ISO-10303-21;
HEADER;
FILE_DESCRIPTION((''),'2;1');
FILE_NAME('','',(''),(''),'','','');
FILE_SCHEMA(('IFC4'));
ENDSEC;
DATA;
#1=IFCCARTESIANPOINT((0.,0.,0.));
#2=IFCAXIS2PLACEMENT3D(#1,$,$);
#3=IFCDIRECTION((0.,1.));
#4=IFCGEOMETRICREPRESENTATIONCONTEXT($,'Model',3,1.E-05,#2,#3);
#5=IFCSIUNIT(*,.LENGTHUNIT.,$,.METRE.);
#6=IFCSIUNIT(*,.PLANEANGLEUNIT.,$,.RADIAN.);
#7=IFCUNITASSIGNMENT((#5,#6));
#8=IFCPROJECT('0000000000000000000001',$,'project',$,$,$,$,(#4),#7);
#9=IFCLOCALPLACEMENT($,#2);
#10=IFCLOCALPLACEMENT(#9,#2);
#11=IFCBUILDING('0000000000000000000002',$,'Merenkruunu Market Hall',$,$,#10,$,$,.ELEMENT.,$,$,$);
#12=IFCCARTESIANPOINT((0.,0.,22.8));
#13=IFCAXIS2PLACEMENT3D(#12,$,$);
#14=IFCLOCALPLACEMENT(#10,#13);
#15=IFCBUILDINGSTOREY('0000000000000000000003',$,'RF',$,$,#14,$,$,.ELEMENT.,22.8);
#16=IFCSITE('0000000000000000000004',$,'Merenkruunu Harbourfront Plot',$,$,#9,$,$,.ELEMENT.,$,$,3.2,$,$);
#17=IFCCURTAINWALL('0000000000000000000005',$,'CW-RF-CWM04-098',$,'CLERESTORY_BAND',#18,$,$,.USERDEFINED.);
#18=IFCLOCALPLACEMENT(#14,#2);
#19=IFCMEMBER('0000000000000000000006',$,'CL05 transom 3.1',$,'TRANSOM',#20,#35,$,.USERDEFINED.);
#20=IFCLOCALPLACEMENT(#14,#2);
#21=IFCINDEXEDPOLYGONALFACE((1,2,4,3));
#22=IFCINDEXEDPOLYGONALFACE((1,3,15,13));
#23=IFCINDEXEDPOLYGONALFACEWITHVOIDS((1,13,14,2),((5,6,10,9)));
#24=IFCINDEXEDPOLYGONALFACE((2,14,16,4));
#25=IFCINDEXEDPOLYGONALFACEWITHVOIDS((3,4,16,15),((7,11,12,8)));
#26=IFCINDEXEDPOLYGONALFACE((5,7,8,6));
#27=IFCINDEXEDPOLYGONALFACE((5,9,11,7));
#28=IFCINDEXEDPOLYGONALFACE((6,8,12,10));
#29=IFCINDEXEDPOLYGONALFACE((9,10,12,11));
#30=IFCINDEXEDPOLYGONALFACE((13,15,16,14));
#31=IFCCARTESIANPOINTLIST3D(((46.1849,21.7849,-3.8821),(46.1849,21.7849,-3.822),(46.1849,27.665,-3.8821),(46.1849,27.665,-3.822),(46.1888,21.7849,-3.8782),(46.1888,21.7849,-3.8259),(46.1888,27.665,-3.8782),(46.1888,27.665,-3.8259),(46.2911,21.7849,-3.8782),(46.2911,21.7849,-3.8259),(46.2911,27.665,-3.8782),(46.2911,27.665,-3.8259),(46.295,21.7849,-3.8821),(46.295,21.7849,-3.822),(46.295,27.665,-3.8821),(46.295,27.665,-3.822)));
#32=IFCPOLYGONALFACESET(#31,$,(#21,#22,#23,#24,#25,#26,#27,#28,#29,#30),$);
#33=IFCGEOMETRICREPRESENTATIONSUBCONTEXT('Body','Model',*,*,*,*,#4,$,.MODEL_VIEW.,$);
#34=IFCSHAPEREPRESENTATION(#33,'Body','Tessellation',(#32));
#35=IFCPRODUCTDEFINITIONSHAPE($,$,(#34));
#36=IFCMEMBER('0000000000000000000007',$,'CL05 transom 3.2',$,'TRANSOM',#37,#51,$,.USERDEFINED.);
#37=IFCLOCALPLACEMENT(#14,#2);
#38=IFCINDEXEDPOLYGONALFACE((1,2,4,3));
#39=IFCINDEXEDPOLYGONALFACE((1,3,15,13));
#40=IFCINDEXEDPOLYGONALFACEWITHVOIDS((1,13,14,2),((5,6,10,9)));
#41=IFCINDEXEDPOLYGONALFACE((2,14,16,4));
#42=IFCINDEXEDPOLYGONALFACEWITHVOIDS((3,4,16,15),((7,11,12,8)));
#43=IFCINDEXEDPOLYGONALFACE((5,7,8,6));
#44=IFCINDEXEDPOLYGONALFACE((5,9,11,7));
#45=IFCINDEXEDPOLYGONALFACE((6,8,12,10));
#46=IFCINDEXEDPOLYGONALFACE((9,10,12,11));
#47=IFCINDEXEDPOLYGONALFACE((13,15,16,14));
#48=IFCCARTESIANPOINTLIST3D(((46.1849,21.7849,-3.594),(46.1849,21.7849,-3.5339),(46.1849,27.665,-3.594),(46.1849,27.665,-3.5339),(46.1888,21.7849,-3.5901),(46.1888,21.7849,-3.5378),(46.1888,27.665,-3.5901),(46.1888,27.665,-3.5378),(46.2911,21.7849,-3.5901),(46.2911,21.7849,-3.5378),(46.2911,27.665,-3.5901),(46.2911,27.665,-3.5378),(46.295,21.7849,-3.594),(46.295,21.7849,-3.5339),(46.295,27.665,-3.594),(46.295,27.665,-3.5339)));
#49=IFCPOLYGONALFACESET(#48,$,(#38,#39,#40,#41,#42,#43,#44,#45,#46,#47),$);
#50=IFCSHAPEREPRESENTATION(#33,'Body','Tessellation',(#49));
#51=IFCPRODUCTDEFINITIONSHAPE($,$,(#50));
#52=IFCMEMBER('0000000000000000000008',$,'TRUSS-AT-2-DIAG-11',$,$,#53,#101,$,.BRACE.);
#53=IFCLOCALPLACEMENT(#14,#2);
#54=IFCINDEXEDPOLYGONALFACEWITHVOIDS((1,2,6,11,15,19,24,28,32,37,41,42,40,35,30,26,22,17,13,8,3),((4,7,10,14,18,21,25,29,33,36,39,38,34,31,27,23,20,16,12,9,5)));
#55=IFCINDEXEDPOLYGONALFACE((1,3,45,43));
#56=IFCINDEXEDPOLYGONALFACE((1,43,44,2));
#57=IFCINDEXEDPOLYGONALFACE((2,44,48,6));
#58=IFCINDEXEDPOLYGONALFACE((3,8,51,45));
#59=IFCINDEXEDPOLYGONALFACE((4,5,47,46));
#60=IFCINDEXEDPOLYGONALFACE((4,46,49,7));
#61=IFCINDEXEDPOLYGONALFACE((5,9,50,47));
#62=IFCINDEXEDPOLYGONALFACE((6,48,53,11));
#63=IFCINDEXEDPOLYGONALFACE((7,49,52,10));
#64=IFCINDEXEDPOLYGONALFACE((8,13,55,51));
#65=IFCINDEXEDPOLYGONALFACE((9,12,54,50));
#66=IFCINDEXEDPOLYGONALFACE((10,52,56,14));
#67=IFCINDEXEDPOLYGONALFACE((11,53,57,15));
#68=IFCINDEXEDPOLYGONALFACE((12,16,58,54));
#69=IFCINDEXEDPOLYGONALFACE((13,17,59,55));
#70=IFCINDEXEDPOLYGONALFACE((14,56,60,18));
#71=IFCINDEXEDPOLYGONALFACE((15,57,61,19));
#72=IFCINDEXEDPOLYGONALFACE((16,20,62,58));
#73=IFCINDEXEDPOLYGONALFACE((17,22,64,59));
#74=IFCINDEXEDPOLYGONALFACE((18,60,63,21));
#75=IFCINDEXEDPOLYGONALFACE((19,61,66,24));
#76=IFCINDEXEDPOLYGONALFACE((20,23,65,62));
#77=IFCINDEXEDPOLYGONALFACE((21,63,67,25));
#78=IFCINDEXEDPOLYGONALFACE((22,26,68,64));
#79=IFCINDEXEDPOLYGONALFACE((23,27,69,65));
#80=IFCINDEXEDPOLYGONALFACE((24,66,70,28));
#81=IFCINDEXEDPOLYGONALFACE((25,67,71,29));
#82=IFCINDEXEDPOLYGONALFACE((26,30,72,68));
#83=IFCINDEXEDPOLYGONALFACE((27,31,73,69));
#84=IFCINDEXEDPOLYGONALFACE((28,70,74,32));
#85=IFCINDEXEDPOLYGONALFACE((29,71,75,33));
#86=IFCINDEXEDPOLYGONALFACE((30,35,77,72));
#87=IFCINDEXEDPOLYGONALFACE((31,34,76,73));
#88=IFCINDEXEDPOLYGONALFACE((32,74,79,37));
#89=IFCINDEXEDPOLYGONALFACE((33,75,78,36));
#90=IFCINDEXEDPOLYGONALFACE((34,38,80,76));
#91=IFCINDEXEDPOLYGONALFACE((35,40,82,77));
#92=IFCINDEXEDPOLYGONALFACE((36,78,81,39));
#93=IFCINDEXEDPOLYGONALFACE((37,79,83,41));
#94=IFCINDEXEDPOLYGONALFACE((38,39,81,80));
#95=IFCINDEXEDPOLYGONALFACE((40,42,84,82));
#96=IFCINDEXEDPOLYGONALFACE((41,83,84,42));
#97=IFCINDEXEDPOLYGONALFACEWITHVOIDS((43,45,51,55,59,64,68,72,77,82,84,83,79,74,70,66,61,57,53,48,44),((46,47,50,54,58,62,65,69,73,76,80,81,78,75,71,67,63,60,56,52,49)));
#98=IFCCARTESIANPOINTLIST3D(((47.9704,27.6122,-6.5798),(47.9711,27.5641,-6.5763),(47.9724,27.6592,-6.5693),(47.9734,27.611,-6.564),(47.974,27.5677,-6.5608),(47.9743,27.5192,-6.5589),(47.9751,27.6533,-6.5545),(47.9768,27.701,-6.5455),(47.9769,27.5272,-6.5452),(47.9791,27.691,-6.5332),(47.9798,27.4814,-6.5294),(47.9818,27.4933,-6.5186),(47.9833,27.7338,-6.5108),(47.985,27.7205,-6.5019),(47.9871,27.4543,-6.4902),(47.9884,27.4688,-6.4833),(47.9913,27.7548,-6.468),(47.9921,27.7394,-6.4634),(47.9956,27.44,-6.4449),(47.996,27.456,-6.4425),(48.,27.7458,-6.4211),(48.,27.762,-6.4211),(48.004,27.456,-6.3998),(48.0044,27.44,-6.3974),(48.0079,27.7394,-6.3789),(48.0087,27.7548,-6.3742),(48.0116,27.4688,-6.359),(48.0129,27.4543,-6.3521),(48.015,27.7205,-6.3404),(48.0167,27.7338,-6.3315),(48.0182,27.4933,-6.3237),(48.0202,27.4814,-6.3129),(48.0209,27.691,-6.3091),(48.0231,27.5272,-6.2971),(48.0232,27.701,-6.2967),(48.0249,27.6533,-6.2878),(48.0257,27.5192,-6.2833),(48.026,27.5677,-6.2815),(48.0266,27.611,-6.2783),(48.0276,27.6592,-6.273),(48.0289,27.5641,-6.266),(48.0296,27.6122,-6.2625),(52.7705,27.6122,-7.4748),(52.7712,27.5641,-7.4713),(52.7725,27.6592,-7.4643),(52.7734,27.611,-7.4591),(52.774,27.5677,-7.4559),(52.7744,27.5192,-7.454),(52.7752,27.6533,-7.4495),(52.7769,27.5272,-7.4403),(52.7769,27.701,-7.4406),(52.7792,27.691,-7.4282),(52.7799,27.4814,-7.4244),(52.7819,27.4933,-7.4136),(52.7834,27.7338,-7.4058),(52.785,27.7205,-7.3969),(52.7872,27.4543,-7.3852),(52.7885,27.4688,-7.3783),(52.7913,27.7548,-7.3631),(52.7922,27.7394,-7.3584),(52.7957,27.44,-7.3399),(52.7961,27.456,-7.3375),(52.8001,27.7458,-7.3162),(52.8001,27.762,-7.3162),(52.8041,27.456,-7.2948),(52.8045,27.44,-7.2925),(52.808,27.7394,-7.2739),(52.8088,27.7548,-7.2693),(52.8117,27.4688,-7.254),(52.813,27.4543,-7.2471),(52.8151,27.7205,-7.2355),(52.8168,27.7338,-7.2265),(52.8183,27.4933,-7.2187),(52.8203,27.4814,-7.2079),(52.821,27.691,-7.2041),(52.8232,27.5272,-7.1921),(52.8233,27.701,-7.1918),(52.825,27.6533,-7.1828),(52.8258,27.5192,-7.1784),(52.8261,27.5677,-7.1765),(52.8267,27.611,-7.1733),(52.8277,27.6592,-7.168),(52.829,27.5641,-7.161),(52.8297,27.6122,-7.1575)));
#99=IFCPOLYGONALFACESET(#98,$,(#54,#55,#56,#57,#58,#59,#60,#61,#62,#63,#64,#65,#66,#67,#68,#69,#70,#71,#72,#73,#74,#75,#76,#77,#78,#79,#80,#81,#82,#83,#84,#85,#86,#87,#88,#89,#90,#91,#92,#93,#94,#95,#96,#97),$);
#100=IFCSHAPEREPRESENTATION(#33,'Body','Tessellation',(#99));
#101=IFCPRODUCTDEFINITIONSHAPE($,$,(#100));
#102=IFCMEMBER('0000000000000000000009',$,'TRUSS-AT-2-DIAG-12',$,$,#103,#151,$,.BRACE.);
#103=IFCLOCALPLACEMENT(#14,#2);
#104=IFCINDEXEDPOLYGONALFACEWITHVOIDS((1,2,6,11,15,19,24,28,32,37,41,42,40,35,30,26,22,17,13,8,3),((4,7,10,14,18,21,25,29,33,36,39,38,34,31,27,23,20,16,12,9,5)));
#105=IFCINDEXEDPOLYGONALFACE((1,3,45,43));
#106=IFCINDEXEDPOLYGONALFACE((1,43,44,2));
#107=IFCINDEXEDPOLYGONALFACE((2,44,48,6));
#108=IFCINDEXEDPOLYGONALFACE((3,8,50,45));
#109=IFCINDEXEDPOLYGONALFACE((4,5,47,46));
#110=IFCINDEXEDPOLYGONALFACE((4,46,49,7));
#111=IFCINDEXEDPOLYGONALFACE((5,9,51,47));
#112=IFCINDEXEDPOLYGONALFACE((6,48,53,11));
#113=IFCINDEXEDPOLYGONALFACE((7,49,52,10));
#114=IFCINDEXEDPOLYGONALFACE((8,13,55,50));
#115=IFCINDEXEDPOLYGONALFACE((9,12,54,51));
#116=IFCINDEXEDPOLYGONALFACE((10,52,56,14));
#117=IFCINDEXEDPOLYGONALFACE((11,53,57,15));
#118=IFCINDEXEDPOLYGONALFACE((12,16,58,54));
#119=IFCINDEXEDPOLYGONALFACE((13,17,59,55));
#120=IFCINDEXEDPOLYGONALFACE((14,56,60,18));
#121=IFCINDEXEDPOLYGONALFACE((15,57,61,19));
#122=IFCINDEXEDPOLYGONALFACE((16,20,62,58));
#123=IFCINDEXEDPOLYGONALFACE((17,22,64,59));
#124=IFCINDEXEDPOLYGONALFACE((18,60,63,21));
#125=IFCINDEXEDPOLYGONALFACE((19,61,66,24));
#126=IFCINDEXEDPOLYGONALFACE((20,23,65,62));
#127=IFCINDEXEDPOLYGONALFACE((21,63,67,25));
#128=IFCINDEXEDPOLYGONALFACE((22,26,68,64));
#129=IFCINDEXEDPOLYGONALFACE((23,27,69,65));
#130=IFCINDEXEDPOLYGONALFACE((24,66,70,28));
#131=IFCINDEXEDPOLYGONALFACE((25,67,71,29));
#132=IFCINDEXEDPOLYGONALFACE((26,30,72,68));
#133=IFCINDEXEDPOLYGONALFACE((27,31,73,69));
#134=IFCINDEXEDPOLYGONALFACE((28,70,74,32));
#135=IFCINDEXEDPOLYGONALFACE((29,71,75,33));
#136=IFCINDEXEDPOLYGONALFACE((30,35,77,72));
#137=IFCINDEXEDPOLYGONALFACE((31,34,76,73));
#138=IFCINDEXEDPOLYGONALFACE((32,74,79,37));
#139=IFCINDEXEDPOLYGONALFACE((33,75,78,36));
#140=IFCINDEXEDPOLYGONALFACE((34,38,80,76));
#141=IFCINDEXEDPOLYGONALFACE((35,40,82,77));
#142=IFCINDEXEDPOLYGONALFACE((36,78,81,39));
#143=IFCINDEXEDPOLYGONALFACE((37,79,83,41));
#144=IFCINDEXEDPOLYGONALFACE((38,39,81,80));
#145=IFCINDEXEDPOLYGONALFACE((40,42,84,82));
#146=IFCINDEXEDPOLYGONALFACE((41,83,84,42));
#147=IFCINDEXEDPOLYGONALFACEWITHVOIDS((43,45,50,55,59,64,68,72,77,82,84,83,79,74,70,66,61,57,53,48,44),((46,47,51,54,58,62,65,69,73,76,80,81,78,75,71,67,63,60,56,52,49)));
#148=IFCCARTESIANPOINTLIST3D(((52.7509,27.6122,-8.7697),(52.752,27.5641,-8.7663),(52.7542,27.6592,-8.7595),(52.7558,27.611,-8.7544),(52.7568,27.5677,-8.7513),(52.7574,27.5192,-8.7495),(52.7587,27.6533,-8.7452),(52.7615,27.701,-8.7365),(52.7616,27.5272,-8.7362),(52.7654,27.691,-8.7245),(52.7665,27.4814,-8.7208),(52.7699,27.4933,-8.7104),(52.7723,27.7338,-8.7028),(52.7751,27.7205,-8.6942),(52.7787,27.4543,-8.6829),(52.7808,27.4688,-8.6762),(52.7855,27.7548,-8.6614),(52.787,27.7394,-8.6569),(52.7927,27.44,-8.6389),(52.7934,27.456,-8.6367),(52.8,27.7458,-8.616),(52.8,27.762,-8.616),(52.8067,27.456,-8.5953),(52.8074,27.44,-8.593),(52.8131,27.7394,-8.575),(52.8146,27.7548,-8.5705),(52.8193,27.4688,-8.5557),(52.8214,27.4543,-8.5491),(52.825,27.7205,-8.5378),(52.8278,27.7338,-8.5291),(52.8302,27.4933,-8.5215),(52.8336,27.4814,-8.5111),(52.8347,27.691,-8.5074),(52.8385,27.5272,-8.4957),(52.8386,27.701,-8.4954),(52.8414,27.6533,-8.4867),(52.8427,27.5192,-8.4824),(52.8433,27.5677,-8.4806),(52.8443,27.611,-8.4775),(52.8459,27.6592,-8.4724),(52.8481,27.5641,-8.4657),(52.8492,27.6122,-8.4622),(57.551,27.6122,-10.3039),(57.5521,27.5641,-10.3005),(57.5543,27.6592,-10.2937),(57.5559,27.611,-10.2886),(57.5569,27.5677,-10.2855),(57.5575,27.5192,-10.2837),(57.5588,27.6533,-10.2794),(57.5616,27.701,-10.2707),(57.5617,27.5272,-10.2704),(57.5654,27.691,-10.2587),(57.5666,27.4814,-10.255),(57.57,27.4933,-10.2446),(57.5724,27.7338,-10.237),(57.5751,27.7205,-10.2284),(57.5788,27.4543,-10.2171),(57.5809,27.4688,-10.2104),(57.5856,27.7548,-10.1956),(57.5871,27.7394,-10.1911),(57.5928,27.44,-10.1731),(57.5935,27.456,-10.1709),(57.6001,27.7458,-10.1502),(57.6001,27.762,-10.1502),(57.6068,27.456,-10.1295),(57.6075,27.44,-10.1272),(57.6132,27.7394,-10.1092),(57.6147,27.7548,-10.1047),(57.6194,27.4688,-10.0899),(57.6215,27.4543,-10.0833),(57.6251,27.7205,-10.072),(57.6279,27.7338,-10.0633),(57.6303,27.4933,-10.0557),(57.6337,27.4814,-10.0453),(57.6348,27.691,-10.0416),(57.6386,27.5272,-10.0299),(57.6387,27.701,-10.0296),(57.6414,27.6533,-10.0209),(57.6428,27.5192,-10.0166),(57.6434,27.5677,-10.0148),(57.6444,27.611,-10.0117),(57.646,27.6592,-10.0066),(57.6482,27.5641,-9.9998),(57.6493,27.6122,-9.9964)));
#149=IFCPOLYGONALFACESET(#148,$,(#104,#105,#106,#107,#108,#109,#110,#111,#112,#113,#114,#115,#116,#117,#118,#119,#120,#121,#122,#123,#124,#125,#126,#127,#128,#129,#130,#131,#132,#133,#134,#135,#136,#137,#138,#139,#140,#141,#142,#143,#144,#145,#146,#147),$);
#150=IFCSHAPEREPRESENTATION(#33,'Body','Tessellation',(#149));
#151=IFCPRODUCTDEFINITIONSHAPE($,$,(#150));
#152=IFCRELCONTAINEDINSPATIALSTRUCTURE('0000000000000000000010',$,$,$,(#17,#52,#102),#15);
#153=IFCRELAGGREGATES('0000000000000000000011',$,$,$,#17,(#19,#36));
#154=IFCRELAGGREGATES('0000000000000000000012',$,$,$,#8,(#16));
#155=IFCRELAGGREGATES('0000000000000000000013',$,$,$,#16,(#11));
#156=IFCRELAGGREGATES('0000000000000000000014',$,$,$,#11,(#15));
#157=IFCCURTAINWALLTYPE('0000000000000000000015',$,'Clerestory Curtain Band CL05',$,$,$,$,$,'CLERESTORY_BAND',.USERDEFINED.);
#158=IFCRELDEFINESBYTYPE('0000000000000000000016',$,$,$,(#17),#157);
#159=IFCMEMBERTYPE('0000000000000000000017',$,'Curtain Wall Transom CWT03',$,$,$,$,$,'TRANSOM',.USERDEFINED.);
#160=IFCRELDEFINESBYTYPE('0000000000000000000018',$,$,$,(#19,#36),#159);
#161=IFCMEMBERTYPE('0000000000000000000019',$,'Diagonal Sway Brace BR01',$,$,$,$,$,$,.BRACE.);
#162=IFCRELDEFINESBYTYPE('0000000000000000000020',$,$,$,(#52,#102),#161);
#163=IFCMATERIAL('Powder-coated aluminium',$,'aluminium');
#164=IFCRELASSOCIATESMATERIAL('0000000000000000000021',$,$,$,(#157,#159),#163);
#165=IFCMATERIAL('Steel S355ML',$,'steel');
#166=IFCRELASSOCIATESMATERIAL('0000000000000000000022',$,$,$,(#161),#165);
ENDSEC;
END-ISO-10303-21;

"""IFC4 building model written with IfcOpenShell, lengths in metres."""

from ifc_helpers import new_model, si_unit, direction, frame, origin, origin_2d, place, context, subcontext, project, spatial, hollow_rectangle, hollow_circle, extrude, material, material_profile, profile_set, type_object, element, aggregate, save


model = new_model("IFC4")

# Units and contexts
model_context = context("Model", 3, precision=1e-05, world=origin(), true_north=direction((0.0, 1.0)))
body_context = subcontext(model_context, "Body", "Model", "MODEL_VIEW")
ifc_project = project(units=[si_unit("LENGTHUNIT", "METRE"), si_unit("PLANEANGLEUNIT", "RADIAN")], contexts=[model_context])

# Site, building, storey
site_placement = place(None, origin())
site = spatial("IfcSite", under=ifc_project, at=site_placement, Name="Merenkruunu Harbourfront Plot", CompositionType="ELEMENT", RefElevation=3.2)
building_placement = place(site_placement, origin())
building = spatial("IfcBuilding", under=site, at=building_placement, Name="Merenkruunu Market Hall", CompositionType="ELEMENT")
storey_placement = place(building_placement, frame((0.0, 0.0, 22.8)))
storey = spatial("IfcBuildingStorey", under=building, at=storey_placement, Name="RF", CompositionType="ELEMENT", Elevation=22.8)

# Shared definitions
ifc_material_1 = material(Name="Steel S355ML", Category="steel")

# Curtain wall
ifc_material_2 = material(Name="Powder-coated aluminium", Category="aluminium")
curtain_wall_type = type_object("IfcCurtainWallType", Name="Clerestory Curtain Band CL05", ElementType="CLERESTORY_BAND", PredefinedType="USERDEFINED", material=ifc_material_2)
curtain_wall_1_placement = place(storey_placement, origin())
curtain_wall_1 = element("IfcCurtainWall", 1, at=curtain_wall_1_placement, inside=storey, type_object=curtain_wall_type, Name="CW-RF-CWM04-098", ObjectType="CLERESTORY_BAND", PredefinedType="USERDEFINED")

# Members
ifc_material_profile_1 = material_profile(ifc_material_2, hollow_rectangle(XDim=0.0601, YDim=0.1101, WallThickness=0.0039, at=origin_2d()), Name="ALU 60x110x4")
ifc_profile_set_1 = profile_set([ifc_material_profile_1], Name="Powder-coated aluminium")
member_type_1 = type_object("IfcMemberType", Name="Curtain Wall Transom CWT03", ElementType="TRANSOM", PredefinedType="USERDEFINED", material=ifc_profile_set_1)
member_1_placement = place(storey_placement, frame((46.24, 27.665, -3.8521), z_axis=(0.0, -1.0, 0.0), x_axis=(0.0, 0.0, 1.0)))
member_1 = element("IfcMember", 2, at=member_1_placement, type_object=member_type_1, Name="CL05 transom 3.1", ObjectType="TRANSOM", PredefinedType="USERDEFINED", context=body_context, shape_type="SweptSolid", body=[
    extrude(hollow_rectangle(XDim=0.0601, YDim=0.1101, WallThickness=0.0039, at=origin_2d()), origin(), (0.0, 0.0, 1.0), 5.8801),
])
member_2_placement = place(storey_placement, frame((46.24, 27.665, -3.564), z_axis=(0.0, -1.0, 0.0), x_axis=(0.0, 0.0, 1.0)))
member_2 = element("IfcMember", 3, at=member_2_placement, type_object=member_type_1, Name="CL05 transom 3.2", ObjectType="TRANSOM", PredefinedType="USERDEFINED", context=body_context, shape_type="SweptSolid", body=[
    extrude(hollow_rectangle(XDim=0.0601, YDim=0.1101, WallThickness=0.0039, at=origin_2d()), origin(), (0.0, 0.0, 1.0), 5.8801),
])

# Members
ifc_material_profile_2 = material_profile(ifc_material_1, hollow_circle(Radius=0.1619, WallThickness=0.0161, at=origin_2d()), Name="CHS 323.9x16")
ifc_profile_set_2 = profile_set([ifc_material_profile_2], Name="Steel S355ML")
member_type_2 = type_object("IfcMemberType", Name="Diagonal Sway Brace BR01", PredefinedType="BRACE", material=ifc_profile_set_2)
member_3_placement = place(storey_placement, frame((48.0, 27.6001, -6.4211), z_axis=(0.983057, 0.0, -0.183301), x_axis=(0.0, 1.0, 0.0)))
element("IfcMember", 4, at=member_3_placement, inside=storey, type_object=member_type_2, Name="TRUSS-AT-2-DIAG-11", PredefinedType="BRACE", context=body_context, shape_type="SweptSolid", body=[
    extrude(hollow_circle(Radius=0.1619, WallThickness=0.0161, at=origin_2d()), origin(), (0.0, 0.0, 1.0), 4.8828),
])
member_4_placement = place(storey_placement, frame((52.8, 27.6001, -8.616), z_axis=(0.95253, 0.0, -0.304445), x_axis=(0.0, 1.0, 0.0)))
element("IfcMember", 5, at=member_4_placement, inside=storey, type_object=member_type_2, Name="TRUSS-AT-2-DIAG-12", PredefinedType="BRACE", context=body_context, shape_type="SweptSolid", body=[
    extrude(hollow_circle(Radius=0.1619, WallThickness=0.0161, at=origin_2d()), origin(), (0.0, 0.0, 1.0), 5.0393),
])

aggregate(curtain_wall_1, [member_1, member_2])

save(model, "model.ifc")
